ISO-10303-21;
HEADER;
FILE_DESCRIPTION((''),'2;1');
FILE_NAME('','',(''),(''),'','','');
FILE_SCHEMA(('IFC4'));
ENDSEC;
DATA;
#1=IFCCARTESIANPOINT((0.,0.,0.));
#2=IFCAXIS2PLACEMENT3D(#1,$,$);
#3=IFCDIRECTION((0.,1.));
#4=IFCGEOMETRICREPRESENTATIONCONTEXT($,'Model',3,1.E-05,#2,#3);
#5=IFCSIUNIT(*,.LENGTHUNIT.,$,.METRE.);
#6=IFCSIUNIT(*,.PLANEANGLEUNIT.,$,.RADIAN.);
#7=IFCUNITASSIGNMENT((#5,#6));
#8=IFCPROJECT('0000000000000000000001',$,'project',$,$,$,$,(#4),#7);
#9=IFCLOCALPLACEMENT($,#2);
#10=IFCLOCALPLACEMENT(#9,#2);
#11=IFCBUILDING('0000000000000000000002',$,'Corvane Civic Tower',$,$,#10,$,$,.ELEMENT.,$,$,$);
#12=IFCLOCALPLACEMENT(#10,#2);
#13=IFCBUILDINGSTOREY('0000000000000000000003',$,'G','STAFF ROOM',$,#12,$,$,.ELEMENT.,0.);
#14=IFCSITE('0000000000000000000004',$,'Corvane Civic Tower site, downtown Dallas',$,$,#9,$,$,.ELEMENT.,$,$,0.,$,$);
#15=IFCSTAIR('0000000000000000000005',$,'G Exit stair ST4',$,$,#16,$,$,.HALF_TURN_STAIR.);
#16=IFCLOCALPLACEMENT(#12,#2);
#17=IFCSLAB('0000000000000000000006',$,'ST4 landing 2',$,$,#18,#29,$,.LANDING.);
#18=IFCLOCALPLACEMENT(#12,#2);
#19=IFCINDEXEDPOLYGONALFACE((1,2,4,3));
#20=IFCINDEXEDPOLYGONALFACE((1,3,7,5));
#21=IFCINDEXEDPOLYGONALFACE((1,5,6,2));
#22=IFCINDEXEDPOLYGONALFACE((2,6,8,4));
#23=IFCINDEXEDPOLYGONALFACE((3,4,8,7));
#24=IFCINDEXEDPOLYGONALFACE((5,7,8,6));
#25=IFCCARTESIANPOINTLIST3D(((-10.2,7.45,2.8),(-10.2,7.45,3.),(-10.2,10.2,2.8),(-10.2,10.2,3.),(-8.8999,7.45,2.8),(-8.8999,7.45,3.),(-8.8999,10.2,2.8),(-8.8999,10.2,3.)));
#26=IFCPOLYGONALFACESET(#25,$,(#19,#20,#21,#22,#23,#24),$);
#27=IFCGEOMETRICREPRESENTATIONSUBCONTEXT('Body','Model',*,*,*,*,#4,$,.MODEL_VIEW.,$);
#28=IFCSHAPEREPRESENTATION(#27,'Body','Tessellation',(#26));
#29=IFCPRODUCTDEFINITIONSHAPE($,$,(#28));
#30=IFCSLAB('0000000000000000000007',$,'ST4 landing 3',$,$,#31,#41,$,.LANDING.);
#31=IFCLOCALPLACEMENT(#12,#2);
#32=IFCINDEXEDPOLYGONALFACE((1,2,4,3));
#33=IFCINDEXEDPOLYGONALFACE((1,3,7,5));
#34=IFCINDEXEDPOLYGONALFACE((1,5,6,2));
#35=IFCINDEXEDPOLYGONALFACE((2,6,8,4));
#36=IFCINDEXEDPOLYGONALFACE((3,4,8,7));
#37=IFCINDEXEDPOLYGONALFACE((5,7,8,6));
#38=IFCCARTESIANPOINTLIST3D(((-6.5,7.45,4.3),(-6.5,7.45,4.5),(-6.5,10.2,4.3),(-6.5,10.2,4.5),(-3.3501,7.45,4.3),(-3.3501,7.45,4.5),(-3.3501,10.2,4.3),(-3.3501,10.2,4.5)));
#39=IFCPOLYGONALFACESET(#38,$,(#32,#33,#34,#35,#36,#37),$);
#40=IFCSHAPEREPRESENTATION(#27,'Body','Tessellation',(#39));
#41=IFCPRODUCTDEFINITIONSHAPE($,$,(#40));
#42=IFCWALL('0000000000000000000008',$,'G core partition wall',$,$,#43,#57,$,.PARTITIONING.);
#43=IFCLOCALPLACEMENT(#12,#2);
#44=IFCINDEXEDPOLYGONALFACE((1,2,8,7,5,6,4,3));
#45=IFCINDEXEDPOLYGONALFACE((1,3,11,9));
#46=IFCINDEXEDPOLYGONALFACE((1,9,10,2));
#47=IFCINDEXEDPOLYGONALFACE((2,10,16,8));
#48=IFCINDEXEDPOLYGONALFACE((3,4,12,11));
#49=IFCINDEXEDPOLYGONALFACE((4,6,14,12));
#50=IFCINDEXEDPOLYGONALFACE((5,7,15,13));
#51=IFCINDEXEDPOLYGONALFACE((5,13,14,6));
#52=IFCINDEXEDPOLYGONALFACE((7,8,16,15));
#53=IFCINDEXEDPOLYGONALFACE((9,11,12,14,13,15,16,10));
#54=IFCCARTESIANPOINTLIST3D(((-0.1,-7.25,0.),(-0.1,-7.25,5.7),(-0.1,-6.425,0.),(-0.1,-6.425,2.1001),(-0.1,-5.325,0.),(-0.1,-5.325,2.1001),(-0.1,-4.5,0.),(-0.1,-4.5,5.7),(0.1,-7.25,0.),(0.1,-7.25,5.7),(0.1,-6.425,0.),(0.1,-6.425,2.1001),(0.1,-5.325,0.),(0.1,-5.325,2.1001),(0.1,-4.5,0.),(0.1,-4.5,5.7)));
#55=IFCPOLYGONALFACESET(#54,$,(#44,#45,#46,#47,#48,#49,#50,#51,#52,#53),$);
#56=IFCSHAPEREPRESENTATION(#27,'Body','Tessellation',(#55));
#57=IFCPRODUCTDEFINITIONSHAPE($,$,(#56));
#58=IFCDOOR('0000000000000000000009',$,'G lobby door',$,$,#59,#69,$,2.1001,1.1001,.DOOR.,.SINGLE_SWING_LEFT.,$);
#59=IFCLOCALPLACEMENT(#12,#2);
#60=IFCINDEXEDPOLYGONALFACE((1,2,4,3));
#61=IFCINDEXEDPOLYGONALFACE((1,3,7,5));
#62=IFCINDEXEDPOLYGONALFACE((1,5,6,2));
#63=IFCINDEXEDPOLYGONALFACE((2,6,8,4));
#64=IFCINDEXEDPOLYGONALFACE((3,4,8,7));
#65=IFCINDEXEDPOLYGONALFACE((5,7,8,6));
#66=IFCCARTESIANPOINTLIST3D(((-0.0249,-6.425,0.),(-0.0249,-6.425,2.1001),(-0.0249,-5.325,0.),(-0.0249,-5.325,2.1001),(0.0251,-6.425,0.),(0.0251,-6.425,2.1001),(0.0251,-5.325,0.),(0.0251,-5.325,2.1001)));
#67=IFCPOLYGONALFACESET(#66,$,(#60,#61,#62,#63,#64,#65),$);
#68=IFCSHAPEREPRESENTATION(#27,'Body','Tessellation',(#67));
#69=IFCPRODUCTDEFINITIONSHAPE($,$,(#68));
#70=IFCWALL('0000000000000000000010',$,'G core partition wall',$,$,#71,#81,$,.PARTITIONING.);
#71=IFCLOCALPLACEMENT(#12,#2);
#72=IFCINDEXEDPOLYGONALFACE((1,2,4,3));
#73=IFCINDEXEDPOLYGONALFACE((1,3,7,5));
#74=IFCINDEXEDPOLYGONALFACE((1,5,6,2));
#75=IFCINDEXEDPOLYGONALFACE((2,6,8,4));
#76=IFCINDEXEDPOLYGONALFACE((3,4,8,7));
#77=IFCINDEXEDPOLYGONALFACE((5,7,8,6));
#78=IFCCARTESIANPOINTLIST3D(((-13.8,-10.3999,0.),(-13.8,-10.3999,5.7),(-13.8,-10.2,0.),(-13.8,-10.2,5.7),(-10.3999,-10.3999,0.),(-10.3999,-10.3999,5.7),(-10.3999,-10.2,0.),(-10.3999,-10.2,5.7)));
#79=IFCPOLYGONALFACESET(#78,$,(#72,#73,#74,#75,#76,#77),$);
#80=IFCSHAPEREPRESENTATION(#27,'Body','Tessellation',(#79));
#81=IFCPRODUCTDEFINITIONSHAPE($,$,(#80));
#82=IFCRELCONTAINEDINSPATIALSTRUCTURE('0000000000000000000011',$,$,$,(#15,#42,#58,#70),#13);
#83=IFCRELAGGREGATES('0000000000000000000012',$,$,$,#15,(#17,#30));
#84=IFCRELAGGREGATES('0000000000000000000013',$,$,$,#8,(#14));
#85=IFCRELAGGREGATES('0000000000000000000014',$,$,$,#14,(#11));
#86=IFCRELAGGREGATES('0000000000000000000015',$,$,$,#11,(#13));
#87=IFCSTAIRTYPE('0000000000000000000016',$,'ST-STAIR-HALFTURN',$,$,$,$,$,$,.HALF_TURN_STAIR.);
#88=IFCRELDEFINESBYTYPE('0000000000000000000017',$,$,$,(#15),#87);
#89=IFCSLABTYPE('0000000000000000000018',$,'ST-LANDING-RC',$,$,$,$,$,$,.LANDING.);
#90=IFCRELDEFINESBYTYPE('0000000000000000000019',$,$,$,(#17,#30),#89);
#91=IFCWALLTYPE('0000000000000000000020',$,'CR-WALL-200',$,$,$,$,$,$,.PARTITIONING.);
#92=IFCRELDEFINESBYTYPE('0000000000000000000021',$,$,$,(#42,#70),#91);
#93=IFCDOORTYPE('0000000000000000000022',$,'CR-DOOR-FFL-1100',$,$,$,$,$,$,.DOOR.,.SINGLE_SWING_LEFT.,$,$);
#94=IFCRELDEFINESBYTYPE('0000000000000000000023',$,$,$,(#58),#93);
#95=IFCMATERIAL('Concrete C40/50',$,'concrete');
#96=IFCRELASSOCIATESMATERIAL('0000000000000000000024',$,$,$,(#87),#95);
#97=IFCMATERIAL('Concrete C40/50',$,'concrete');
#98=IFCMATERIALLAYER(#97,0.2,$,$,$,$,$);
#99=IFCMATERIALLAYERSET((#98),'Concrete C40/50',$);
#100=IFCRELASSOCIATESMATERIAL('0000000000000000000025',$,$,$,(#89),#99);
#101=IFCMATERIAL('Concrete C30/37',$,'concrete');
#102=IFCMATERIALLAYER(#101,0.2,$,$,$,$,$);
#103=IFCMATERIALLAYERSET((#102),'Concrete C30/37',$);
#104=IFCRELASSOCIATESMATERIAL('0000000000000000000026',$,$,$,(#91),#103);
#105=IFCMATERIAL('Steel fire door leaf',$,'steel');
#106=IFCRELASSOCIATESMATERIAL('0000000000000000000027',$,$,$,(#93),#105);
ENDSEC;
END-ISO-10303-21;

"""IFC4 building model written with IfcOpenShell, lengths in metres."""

from ifc_helpers import new_model, si_unit, direction, frame, frame_2d, origin, place, context, subcontext, project, spatial, polyline, rectangle, outline, extrude, material, layer, layer_set, type_object, element, fill, aggregate, save


model = new_model("IFC4")

# Units and contexts
model_context = context("Model", 3, precision=1e-05, world=origin(), true_north=direction((0.0, 1.0)))
body_context = subcontext(model_context, "Body", "Model", "MODEL_VIEW")
ifc_project = project(units=[si_unit("LENGTHUNIT", "METRE"), si_unit("PLANEANGLEUNIT", "RADIAN")], contexts=[model_context])

# Site, building, storey
site_placement = place(None, origin())
site = spatial("IfcSite", under=ifc_project, at=site_placement, Name="Corvane Civic Tower site, downtown Dallas", CompositionType="ELEMENT", RefElevation=0.0)
building_placement = place(site_placement, origin())
building = spatial("IfcBuilding", under=site, at=building_placement, Name="Corvane Civic Tower", CompositionType="ELEMENT")
storey_placement = place(building_placement, origin())
storey = spatial("IfcBuildingStorey", under=building, at=storey_placement, Name="G", Description="STAFF ROOM", CompositionType="ELEMENT", Elevation=0.0)

# Stair, slabs
ifc_material_1 = material(Name="Concrete C40/50", Category="concrete")
stair_type_1 = type_object("IfcStairType", Name="ST-STAIR-HALFTURN", PredefinedType="HALF_TURN_STAIR", material=ifc_material_1)
ifc_material_2 = material(Name="Concrete C40/50", Category="concrete")
ifc_layer_1 = layer(ifc_material_2, 0.2)
ifc_layer_set_1 = layer_set([ifc_layer_1], Name="Concrete C40/50")
slab_type_1 = type_object("IfcSlabType", Name="ST-LANDING-RC", PredefinedType="LANDING", material=ifc_layer_set_1)
stair_1_placement = place(storey_placement, origin())
stair_1 = element("IfcStair", 1, at=stair_1_placement, inside=storey, type_object=stair_type_1, Name="G Exit stair ST4", PredefinedType="HALF_TURN_STAIR")
slab_1_placement = place(storey_placement, frame((0.0, 0.0, 2.8)))
slab_1 = element("IfcSlab", 2, at=slab_1_placement, type_object=slab_type_1, Name="ST4 landing 2", PredefinedType="LANDING", context=body_context, shape_type="SweptSolid", body=[
    extrude(outline(polyline([(-10.2, 7.45), (-8.8999, 7.45), (-8.8999, 10.2), (-10.2, 10.2), (-10.2, 7.45)])), origin(), (0.0, 0.0, 1.0), 0.2),
])
slab_2_placement = place(storey_placement, frame((0.0, 0.0, 4.3)))
slab_2 = element("IfcSlab", 3, at=slab_2_placement, type_object=slab_type_1, Name="ST4 landing 3", PredefinedType="LANDING", context=body_context, shape_type="SweptSolid", body=[
    extrude(outline(polyline([(-6.5, 7.45), (-3.3501, 7.45), (-3.3501, 10.2), (-6.5, 10.2), (-6.5, 7.45)])), origin(), (0.0, 0.0, 1.0), 0.2),
])
aggregate(stair_1, [slab_1, slab_2])

# Wall, opening, door
ifc_material_3 = material(Name="Concrete C30/37", Category="concrete")
ifc_layer_2 = layer(ifc_material_3, 0.2)
ifc_layer_set_2 = layer_set([ifc_layer_2], Name="Concrete C30/37")
wall_type = type_object("IfcWallType", Name="CR-WALL-200", PredefinedType="PARTITIONING", material=ifc_layer_set_2)
wall_1_placement = place(storey_placement, frame((0.0, -7.25, 0.0), z_axis=(0.0, 0.0, 1.0), x_axis=(0.0, 1.0, 0.0)))
wall_1 = element("IfcWall", 4, at=wall_1_placement, inside=storey, type_object=wall_type, Name="G core partition wall", PredefinedType="PARTITIONING", context=body_context, shape_type="SweptSolid", body=[
    extrude(rectangle(XDim=2.75, YDim=0.2, at=frame_2d((1.375, 0.0))), origin(), (0.0, 0.0, 1.0), 5.7),
])
opening_placement = place(wall_1_placement, frame((0.825, 0.0, 0.0)))
opening = element("IfcOpeningElement", 5, at=opening_placement, cuts=wall_1, PredefinedType="OPENING", context=body_context, shape_type="SweptSolid", body=[
    extrude(rectangle(XDim=1.1001, YDim=2.1001, at=frame_2d((0.55, 1.05))), frame((0.0, 0.1099, 0.0), z_axis=(0.0, -1.0, 0.0), x_axis=(1.0, 0.0, 0.0)), (0.0, 0.0, 1.0), 0.22),
])
ifc_material_4 = material(Name="Steel fire door leaf", Category="steel")
door_type = type_object("IfcDoorType", Name="CR-DOOR-FFL-1100", OperationType="SINGLE_SWING_LEFT", PredefinedType="DOOR", material=ifc_material_4)
door_placement = place(opening_placement, origin())
door = element("IfcDoor", 6, at=door_placement, inside=storey, type_object=door_type, Name="G lobby door", OperationType="SINGLE_SWING_LEFT", OverallHeight=2.1001, OverallWidth=1.1001, PredefinedType="DOOR", context=body_context, shape_type="SweptSolid", body=[
    extrude(rectangle(XDim=1.1001, YDim=2.1001, at=frame_2d((0.55, 1.05))), frame((0.0, 0.0249, 0.0), z_axis=(0.0, -1.0, 0.0), x_axis=(1.0, 0.0, 0.0)), (0.0, 0.0, 1.0), 0.05),
])
fill(opening, door)

# Wall
wall_2_placement = place(storey_placement, origin())
element("IfcWall", 7, at=wall_2_placement, inside=storey, type_object=wall_type, Name="G core partition wall", PredefinedType="PARTITIONING", context=body_context, shape_type="SweptSolid", body=[
    extrude(outline(polyline([(-10.3999, -10.3999), (-13.8, -10.3999), (-13.8, -10.2), (-10.3999, -10.2), (-10.3999, -10.3999)])), origin(), (0.0, 0.0, 1.0), 5.7),
])

save(model, "model.ifc")
